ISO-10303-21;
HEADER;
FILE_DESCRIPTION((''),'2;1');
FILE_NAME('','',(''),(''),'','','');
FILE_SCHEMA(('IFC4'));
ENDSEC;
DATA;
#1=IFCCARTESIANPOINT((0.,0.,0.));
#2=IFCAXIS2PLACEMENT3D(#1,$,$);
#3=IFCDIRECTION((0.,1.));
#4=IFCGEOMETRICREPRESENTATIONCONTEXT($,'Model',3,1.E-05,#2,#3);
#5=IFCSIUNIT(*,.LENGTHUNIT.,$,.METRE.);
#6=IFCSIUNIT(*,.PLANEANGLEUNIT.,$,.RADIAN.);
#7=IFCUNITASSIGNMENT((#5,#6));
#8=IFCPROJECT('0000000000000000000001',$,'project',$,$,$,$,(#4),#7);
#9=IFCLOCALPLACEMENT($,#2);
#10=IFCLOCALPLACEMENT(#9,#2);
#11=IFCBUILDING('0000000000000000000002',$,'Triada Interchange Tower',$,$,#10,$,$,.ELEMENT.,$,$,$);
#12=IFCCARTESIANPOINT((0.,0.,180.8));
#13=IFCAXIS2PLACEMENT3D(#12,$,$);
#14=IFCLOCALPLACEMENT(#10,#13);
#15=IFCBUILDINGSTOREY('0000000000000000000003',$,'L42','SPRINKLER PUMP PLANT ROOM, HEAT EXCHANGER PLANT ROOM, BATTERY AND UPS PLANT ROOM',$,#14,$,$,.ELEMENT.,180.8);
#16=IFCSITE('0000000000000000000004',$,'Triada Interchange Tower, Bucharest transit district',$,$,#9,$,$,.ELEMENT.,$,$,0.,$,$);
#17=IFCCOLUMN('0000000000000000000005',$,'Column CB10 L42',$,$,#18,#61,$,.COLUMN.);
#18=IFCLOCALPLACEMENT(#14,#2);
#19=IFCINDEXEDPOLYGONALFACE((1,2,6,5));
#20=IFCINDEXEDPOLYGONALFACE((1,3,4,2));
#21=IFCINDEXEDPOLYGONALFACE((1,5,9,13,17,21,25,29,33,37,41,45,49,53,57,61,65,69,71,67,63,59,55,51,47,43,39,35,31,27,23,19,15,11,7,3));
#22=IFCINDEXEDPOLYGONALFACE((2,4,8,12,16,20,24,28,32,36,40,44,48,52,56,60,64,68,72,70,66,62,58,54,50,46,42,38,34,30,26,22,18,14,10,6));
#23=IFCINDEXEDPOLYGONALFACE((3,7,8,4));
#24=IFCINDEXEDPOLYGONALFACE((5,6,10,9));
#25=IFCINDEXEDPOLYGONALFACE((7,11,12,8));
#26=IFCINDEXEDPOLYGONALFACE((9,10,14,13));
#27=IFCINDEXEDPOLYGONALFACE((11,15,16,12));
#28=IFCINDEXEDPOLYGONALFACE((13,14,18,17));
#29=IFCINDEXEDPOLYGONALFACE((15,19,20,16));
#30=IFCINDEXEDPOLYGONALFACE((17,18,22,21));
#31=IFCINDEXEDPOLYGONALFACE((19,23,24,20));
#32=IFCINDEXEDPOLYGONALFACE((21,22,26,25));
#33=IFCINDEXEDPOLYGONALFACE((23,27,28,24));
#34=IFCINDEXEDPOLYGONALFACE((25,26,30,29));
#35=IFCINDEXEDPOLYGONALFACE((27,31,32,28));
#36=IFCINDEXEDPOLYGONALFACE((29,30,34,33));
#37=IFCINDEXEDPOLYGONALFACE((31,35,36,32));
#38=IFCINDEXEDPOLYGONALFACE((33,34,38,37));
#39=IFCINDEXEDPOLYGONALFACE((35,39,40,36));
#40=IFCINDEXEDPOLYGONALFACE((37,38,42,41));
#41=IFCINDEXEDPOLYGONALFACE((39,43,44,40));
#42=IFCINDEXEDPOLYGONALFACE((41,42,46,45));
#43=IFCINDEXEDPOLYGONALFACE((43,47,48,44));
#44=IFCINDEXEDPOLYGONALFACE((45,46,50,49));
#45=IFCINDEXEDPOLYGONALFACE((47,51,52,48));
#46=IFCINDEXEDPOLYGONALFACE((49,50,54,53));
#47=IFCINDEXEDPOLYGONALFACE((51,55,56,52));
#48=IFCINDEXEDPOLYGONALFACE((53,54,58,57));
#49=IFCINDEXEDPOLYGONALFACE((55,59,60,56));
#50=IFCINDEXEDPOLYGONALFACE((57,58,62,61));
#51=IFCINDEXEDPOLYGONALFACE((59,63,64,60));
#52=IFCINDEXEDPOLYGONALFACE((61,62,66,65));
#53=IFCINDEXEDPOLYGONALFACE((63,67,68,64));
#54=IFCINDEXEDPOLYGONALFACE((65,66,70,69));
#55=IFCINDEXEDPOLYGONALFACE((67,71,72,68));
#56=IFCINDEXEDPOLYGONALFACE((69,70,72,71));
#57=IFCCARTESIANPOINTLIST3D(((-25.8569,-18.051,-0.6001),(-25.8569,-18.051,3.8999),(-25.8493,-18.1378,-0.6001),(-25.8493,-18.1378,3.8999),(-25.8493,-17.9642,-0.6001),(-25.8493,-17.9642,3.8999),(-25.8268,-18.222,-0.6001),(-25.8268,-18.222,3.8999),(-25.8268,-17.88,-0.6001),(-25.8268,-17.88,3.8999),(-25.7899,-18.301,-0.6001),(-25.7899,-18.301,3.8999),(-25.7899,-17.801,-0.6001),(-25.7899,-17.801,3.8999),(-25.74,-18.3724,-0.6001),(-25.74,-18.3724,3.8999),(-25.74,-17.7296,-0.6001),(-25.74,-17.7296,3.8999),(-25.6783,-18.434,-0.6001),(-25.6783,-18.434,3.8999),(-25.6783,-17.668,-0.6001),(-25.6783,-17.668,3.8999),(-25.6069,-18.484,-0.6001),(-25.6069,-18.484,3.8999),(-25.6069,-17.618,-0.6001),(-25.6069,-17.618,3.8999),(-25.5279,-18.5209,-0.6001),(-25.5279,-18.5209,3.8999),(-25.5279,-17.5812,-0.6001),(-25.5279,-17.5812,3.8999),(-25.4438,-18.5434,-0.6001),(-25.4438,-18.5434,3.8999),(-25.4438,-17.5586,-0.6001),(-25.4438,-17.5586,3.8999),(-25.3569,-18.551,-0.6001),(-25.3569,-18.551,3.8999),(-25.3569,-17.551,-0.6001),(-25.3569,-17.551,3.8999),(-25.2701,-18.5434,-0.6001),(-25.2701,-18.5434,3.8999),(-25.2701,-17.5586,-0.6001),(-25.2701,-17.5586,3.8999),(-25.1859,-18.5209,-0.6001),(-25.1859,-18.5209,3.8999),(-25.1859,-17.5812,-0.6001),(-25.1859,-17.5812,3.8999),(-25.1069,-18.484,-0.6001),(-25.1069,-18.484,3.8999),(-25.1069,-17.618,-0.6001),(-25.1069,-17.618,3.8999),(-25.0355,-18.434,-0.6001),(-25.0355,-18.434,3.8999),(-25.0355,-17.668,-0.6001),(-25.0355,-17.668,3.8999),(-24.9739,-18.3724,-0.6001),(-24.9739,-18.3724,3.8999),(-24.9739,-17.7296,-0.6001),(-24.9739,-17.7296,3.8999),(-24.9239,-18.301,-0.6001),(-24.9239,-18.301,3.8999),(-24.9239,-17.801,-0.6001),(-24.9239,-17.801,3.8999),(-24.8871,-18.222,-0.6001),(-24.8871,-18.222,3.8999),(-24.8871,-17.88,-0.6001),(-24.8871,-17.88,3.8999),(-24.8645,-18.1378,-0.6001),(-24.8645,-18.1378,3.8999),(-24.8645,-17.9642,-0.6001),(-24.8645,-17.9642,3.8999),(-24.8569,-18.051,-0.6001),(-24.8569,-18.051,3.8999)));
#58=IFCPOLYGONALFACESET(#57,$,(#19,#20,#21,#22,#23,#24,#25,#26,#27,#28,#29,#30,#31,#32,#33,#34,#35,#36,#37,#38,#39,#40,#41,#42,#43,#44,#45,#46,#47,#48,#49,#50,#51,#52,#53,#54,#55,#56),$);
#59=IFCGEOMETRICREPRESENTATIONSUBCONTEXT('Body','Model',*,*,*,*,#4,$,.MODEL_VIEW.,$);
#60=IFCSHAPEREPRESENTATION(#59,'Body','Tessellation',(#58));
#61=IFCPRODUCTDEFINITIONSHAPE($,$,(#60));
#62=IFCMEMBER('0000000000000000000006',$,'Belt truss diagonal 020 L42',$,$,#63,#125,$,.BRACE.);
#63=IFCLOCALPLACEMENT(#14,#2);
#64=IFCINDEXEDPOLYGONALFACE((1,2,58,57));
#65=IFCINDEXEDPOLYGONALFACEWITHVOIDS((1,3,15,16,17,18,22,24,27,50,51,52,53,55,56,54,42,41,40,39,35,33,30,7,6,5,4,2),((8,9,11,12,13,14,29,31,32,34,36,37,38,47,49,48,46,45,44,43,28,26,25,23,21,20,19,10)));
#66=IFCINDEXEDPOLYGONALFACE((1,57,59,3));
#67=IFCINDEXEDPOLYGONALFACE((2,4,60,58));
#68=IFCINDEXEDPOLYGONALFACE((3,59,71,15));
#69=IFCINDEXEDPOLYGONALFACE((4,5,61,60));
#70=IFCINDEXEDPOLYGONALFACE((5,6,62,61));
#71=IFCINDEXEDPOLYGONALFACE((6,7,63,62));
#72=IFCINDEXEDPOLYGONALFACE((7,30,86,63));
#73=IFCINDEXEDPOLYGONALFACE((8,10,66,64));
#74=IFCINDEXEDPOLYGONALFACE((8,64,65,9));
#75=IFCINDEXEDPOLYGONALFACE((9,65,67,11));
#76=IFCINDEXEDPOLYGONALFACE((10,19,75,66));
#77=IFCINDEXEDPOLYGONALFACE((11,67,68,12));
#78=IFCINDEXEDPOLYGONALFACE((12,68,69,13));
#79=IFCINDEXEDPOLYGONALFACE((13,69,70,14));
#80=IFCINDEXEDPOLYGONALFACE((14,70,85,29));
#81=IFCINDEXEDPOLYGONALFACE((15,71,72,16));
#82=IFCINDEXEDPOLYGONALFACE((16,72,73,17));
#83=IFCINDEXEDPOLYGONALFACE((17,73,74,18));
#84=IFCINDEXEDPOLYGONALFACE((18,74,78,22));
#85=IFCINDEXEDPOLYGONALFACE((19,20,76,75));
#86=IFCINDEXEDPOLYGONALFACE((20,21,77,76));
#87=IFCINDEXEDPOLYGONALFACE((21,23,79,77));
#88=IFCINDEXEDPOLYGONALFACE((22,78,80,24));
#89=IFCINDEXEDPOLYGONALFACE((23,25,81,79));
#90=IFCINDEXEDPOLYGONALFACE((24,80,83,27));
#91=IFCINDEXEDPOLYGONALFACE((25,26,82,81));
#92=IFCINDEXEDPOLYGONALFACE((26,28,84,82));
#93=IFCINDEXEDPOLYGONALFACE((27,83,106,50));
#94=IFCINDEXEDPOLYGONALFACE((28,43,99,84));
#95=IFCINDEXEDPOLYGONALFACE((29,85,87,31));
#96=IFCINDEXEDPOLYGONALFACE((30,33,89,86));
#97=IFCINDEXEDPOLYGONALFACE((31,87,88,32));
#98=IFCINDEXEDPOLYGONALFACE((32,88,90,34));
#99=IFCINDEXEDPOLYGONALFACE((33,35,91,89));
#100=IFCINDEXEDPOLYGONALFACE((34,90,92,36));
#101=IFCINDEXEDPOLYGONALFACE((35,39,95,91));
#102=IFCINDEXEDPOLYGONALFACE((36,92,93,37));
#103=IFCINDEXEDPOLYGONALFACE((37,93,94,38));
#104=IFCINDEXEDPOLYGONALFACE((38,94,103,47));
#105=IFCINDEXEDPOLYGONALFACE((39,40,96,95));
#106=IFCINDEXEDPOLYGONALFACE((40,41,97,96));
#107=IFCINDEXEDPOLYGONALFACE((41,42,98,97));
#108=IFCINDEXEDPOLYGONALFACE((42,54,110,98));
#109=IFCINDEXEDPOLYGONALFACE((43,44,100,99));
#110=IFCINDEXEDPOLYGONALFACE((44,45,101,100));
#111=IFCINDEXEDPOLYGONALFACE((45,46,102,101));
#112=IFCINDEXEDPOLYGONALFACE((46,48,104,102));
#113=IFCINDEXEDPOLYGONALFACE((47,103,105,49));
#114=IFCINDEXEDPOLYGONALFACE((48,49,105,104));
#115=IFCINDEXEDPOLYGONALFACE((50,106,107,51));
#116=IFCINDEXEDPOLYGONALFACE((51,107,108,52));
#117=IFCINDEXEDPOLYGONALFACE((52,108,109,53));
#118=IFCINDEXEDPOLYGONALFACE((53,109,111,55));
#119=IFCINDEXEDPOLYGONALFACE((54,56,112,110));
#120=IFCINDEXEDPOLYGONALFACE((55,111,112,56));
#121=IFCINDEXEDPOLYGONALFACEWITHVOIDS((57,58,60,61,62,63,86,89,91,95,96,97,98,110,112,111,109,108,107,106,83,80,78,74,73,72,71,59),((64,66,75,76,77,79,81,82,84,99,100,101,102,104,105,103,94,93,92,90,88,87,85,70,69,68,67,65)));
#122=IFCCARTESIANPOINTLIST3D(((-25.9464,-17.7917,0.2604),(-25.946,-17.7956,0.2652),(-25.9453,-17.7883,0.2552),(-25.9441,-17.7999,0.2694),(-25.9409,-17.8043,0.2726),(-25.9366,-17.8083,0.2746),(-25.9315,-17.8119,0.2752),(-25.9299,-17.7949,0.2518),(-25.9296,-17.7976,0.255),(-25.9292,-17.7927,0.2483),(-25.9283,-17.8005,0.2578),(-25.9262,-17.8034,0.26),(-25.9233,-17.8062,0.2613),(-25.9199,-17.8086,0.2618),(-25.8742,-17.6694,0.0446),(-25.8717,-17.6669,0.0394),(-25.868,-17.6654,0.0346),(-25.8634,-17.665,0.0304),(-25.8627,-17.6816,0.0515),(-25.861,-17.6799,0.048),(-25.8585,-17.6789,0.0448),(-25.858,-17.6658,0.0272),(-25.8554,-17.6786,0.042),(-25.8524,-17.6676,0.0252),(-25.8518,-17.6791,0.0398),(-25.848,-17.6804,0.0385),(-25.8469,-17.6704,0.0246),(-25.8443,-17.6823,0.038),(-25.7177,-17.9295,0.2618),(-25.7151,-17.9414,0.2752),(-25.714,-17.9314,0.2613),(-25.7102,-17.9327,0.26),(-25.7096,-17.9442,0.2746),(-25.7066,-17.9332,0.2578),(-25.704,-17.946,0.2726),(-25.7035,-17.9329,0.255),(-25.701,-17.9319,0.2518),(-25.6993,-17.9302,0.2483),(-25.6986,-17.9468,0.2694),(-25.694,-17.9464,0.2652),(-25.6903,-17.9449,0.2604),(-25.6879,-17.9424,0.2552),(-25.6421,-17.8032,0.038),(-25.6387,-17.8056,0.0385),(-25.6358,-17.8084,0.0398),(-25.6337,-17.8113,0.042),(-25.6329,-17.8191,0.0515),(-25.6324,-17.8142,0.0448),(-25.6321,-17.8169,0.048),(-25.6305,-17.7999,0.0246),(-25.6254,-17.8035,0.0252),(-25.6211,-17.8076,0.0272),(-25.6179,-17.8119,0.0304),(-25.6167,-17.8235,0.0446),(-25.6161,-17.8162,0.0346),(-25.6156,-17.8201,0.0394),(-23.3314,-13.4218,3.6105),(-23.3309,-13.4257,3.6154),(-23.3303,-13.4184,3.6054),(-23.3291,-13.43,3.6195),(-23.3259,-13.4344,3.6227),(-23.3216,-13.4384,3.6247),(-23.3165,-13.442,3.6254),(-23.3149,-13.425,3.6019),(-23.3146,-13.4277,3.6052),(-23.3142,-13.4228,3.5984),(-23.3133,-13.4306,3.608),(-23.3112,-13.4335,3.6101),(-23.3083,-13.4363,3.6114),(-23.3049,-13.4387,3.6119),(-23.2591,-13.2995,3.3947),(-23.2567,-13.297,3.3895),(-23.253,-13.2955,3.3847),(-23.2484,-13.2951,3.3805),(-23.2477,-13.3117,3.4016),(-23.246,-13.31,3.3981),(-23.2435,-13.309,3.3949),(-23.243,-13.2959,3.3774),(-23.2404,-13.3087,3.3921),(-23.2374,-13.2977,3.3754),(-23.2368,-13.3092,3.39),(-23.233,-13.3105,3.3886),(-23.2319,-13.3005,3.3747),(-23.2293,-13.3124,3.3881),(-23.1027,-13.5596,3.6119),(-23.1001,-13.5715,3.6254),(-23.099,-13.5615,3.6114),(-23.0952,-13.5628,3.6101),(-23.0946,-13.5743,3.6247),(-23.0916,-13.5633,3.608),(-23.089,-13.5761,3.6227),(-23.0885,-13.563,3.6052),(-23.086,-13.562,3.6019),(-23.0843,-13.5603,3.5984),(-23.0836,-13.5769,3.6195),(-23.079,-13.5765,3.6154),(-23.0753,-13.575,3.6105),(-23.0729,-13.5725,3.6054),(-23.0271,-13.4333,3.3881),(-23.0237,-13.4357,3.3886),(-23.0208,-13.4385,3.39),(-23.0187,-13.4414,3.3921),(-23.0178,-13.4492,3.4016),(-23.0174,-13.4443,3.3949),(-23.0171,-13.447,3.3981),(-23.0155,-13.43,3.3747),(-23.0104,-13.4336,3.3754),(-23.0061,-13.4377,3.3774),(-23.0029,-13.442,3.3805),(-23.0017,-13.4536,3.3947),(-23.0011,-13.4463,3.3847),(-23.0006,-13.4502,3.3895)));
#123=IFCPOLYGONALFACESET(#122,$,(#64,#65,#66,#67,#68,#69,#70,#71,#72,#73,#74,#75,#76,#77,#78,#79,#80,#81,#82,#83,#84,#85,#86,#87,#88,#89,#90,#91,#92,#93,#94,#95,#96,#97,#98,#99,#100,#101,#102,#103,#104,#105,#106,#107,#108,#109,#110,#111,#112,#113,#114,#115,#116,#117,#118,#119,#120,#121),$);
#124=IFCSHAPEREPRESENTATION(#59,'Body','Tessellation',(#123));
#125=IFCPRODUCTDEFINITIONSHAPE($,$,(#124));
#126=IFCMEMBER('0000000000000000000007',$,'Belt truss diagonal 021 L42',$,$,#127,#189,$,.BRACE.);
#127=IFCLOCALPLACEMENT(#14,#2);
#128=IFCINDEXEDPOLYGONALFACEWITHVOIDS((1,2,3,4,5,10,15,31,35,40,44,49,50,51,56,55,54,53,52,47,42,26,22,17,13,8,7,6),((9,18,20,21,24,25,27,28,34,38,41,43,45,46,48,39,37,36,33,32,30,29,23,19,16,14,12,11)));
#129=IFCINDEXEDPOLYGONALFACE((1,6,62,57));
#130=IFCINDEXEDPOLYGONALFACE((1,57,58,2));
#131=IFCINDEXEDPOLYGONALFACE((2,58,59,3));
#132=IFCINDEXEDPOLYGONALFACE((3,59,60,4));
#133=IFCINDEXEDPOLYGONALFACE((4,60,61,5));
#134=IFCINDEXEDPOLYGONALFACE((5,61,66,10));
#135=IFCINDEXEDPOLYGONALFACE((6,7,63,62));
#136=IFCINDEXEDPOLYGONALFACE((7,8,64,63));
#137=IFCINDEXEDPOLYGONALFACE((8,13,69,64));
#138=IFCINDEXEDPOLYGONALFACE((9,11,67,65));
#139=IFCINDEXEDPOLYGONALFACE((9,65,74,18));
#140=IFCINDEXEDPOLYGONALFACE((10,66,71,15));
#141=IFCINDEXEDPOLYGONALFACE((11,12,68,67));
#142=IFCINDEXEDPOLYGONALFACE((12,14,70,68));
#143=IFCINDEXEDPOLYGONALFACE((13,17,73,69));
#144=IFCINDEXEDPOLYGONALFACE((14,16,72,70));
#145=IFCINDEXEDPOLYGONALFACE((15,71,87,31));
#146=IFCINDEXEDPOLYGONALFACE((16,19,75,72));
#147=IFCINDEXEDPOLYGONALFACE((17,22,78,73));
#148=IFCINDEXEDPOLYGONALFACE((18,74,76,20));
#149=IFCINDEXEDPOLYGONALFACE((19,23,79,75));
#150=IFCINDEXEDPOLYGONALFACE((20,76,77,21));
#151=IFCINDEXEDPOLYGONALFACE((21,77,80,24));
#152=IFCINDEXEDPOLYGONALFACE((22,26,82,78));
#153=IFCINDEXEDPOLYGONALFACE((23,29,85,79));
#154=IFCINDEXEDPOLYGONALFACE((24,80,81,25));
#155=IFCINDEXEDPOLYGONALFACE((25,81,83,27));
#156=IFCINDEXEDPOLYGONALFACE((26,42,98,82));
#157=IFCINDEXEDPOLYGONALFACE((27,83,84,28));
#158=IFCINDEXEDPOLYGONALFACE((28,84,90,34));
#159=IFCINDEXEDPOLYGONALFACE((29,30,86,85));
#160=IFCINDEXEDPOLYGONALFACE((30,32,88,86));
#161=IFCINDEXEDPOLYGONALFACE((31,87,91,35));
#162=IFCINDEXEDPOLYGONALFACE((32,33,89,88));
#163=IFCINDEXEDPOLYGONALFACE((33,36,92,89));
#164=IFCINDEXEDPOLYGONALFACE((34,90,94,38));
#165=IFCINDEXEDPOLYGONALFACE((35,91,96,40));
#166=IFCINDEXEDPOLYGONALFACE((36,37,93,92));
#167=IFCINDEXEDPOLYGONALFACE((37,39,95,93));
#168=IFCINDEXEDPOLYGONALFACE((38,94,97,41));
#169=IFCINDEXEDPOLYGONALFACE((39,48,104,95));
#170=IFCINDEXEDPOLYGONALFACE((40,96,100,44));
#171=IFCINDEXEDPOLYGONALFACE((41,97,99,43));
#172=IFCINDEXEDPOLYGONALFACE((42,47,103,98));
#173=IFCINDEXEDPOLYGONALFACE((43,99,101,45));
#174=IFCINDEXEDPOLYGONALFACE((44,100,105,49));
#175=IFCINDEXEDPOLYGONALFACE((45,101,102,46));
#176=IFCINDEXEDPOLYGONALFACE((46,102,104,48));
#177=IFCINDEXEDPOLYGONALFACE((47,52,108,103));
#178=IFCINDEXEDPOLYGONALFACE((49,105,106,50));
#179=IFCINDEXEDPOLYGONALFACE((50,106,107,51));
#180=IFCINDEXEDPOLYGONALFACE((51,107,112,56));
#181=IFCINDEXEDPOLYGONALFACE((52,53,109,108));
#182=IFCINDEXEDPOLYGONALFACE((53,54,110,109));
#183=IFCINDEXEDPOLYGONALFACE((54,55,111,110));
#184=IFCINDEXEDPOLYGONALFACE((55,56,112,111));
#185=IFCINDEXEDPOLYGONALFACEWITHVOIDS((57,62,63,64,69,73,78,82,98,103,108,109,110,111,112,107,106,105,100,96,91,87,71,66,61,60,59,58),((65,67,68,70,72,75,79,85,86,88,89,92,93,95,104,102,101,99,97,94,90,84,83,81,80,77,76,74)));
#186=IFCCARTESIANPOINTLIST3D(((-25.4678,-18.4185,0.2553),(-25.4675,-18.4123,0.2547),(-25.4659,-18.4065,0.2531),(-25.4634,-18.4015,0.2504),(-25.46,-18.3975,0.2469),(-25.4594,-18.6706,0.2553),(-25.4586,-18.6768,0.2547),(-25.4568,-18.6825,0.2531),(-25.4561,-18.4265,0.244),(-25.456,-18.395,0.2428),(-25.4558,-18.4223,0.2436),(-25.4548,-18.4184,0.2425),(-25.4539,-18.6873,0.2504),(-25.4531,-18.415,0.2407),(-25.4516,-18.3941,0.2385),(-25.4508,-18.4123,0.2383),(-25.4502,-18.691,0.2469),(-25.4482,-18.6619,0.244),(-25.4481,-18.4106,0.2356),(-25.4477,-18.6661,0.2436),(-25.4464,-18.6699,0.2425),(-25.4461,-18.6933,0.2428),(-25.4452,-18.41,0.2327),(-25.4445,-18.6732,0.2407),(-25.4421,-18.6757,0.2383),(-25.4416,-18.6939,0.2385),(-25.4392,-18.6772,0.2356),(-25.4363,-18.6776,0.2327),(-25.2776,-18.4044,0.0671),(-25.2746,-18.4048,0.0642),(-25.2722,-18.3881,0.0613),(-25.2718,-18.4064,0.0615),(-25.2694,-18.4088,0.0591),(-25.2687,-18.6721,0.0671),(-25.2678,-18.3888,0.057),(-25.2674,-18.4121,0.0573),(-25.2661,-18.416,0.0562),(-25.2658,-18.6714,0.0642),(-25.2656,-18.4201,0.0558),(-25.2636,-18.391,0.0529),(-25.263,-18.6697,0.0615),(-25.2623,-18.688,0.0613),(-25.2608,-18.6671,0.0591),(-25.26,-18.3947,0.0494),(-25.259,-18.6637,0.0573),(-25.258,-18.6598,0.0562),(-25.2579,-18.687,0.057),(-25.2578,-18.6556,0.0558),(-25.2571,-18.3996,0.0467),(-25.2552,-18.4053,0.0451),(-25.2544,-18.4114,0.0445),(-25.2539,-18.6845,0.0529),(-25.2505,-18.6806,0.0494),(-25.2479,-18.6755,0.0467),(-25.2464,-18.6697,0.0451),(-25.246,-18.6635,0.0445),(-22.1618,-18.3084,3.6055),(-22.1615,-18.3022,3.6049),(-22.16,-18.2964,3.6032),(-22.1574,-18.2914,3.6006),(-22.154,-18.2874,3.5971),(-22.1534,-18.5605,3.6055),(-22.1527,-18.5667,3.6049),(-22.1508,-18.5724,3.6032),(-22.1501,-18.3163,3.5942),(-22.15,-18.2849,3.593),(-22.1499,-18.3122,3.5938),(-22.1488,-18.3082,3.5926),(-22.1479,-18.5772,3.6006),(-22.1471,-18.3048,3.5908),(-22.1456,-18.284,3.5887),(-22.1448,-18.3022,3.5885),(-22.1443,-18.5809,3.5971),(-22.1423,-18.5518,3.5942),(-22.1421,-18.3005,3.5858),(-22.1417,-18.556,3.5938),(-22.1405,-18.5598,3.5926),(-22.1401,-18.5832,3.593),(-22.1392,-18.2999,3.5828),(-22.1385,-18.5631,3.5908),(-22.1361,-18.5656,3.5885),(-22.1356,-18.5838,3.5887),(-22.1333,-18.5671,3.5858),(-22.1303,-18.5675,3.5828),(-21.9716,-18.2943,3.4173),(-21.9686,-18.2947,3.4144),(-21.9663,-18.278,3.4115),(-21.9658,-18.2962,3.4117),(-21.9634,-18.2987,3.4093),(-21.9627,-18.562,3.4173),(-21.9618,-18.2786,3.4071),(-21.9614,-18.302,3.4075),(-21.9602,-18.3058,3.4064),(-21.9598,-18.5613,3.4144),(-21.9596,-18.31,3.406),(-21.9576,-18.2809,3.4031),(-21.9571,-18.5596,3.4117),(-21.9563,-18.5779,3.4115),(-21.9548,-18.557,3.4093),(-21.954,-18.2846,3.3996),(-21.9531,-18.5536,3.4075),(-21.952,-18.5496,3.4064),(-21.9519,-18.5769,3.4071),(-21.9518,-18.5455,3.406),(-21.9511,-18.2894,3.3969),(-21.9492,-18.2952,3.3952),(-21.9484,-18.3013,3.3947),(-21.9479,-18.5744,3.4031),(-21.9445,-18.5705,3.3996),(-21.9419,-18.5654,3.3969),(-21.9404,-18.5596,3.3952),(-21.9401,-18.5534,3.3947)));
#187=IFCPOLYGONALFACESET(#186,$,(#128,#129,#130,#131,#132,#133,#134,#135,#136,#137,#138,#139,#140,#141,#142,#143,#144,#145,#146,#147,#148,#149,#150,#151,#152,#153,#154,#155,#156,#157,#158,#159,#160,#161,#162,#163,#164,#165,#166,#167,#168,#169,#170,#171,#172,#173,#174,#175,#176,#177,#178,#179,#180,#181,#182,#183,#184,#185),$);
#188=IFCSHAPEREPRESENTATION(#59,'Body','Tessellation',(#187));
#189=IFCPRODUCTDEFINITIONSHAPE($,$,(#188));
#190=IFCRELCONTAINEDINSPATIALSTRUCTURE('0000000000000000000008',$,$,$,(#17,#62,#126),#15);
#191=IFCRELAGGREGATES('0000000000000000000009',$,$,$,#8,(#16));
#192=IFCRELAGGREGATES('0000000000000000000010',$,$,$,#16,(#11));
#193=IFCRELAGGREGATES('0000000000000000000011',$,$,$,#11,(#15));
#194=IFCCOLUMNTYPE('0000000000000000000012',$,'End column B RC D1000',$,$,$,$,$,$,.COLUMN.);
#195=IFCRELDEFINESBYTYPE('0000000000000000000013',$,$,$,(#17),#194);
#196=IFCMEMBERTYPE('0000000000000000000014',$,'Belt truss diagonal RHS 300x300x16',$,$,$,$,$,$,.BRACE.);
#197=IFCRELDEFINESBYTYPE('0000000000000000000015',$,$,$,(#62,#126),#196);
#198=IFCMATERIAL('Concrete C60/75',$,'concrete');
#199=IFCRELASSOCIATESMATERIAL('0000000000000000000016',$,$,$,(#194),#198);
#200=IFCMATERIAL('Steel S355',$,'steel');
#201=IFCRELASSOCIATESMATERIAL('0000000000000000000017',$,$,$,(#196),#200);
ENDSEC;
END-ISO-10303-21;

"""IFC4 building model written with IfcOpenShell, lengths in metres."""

from ifc_helpers import new_model, si_unit, direction, frame, origin, origin_2d, place, context, subcontext, project, spatial, hollow_rectangle, circle, extrude, material, material_profile, profile_set, type_object, element, save


model = new_model("IFC4")

# Units and contexts
model_context = context("Model", 3, precision=1e-05, world=origin(), true_north=direction((0.0, 1.0)))
body_context = subcontext(model_context, "Body", "Model", "MODEL_VIEW")
ifc_project = project(units=[si_unit("LENGTHUNIT", "METRE"), si_unit("PLANEANGLEUNIT", "RADIAN")], contexts=[model_context])

# Site, building, storey
site_placement = place(None, origin())
site = spatial("IfcSite", under=ifc_project, at=site_placement, Name="Triada Interchange Tower, Bucharest transit district", CompositionType="ELEMENT", RefElevation=0.0)
building_placement = place(site_placement, origin())
building = spatial("IfcBuilding", under=site, at=building_placement, Name="Triada Interchange Tower", CompositionType="ELEMENT")
storey_placement = place(building_placement, frame((0.0, 0.0, 180.8)))
storey = spatial("IfcBuildingStorey", under=building, at=storey_placement, Name="L42", Description="SPRINKLER PUMP PLANT ROOM, HEAT EXCHANGER PLANT ROOM, BATTERY AND UPS PLANT ROOM", CompositionType="ELEMENT", Elevation=180.8)

# Column
ifc_material_1 = material(Name="Concrete C60/75", Category="concrete")
ifc_material_profile_1 = material_profile(ifc_material_1, circle(Radius=0.5, at=origin_2d()), Name="RC D1000")
ifc_profile_set_1 = profile_set([ifc_material_profile_1], Name="Concrete C60/75")
column_type = type_object("IfcColumnType", Name="End column B RC D1000", PredefinedType="COLUMN", material=ifc_profile_set_1)
column_placement = place(storey_placement, frame((-25.3569, -18.051, -0.6001), z_axis=(0.0, 0.0, 1.0), x_axis=(1.0, 0.0, 0.0)))
element("IfcColumn", 1, at=column_placement, inside=storey, type_object=column_type, Name="Column CB10 L42", PredefinedType="COLUMN", context=body_context, shape_type="SweptSolid", body=[
    extrude(circle(Radius=0.5, at=origin_2d()), origin(), (0.0, 0.0, 1.0), 4.5),
])

# Members
ifc_material_2 = material(Name="Steel S355", Category="steel")
ifc_material_profile_2 = material_profile(ifc_material_2, hollow_rectangle(XDim=0.3, YDim=0.3, WallThickness=0.0161, InnerFilletRadius=0.0161, OuterFilletRadius=0.0239, at=origin_2d()), Name="RHS 300x300x16")
ifc_profile_set_2 = profile_set([ifc_material_profile_2], Name="Steel S355")
member_type = type_object("IfcMemberType", Name="Belt truss diagonal RHS 300x300x16", PredefinedType="BRACE", material=ifc_profile_set_2)
member_1_placement = place(storey_placement, frame((-25.781, -17.8059, 0.1499), z_axis=(0.428992, 0.716882, 0.549587), x_axis=(-0.858093, 0.513494, 0.0)))
element("IfcMember", 2, at=member_1_placement, inside=storey, type_object=member_type, Name="Belt truss diagonal 020 L42", PredefinedType="BRACE", context=body_context, shape_type="SweptSolid", body=[
    extrude(hollow_rectangle(XDim=0.3, YDim=0.3, WallThickness=0.0161, InnerFilletRadius=0.0161, OuterFilletRadius=0.0239, at=origin_2d()), origin(), (0.0, 0.0, 1.0), 6.0957),
])
member_2_placement = place(storey_placement, frame((-25.3569, -18.541, 0.1499), z_axis=(0.702205, 0.023388, 0.711591), x_axis=(-0.033288, 0.999446, 0.0)))
element("IfcMember", 3, at=member_2_placement, inside=storey, type_object=member_type, Name="Belt truss diagonal 021 L42", PredefinedType="BRACE", context=body_context, shape_type="SweptSolid", body=[
    extrude(hollow_rectangle(XDim=0.3, YDim=0.3, WallThickness=0.0161, InnerFilletRadius=0.0161, OuterFilletRadius=0.0239, at=origin_2d()), origin(), (0.0, 0.0, 1.0), 4.708),
])

save(model, "model.ifc")
